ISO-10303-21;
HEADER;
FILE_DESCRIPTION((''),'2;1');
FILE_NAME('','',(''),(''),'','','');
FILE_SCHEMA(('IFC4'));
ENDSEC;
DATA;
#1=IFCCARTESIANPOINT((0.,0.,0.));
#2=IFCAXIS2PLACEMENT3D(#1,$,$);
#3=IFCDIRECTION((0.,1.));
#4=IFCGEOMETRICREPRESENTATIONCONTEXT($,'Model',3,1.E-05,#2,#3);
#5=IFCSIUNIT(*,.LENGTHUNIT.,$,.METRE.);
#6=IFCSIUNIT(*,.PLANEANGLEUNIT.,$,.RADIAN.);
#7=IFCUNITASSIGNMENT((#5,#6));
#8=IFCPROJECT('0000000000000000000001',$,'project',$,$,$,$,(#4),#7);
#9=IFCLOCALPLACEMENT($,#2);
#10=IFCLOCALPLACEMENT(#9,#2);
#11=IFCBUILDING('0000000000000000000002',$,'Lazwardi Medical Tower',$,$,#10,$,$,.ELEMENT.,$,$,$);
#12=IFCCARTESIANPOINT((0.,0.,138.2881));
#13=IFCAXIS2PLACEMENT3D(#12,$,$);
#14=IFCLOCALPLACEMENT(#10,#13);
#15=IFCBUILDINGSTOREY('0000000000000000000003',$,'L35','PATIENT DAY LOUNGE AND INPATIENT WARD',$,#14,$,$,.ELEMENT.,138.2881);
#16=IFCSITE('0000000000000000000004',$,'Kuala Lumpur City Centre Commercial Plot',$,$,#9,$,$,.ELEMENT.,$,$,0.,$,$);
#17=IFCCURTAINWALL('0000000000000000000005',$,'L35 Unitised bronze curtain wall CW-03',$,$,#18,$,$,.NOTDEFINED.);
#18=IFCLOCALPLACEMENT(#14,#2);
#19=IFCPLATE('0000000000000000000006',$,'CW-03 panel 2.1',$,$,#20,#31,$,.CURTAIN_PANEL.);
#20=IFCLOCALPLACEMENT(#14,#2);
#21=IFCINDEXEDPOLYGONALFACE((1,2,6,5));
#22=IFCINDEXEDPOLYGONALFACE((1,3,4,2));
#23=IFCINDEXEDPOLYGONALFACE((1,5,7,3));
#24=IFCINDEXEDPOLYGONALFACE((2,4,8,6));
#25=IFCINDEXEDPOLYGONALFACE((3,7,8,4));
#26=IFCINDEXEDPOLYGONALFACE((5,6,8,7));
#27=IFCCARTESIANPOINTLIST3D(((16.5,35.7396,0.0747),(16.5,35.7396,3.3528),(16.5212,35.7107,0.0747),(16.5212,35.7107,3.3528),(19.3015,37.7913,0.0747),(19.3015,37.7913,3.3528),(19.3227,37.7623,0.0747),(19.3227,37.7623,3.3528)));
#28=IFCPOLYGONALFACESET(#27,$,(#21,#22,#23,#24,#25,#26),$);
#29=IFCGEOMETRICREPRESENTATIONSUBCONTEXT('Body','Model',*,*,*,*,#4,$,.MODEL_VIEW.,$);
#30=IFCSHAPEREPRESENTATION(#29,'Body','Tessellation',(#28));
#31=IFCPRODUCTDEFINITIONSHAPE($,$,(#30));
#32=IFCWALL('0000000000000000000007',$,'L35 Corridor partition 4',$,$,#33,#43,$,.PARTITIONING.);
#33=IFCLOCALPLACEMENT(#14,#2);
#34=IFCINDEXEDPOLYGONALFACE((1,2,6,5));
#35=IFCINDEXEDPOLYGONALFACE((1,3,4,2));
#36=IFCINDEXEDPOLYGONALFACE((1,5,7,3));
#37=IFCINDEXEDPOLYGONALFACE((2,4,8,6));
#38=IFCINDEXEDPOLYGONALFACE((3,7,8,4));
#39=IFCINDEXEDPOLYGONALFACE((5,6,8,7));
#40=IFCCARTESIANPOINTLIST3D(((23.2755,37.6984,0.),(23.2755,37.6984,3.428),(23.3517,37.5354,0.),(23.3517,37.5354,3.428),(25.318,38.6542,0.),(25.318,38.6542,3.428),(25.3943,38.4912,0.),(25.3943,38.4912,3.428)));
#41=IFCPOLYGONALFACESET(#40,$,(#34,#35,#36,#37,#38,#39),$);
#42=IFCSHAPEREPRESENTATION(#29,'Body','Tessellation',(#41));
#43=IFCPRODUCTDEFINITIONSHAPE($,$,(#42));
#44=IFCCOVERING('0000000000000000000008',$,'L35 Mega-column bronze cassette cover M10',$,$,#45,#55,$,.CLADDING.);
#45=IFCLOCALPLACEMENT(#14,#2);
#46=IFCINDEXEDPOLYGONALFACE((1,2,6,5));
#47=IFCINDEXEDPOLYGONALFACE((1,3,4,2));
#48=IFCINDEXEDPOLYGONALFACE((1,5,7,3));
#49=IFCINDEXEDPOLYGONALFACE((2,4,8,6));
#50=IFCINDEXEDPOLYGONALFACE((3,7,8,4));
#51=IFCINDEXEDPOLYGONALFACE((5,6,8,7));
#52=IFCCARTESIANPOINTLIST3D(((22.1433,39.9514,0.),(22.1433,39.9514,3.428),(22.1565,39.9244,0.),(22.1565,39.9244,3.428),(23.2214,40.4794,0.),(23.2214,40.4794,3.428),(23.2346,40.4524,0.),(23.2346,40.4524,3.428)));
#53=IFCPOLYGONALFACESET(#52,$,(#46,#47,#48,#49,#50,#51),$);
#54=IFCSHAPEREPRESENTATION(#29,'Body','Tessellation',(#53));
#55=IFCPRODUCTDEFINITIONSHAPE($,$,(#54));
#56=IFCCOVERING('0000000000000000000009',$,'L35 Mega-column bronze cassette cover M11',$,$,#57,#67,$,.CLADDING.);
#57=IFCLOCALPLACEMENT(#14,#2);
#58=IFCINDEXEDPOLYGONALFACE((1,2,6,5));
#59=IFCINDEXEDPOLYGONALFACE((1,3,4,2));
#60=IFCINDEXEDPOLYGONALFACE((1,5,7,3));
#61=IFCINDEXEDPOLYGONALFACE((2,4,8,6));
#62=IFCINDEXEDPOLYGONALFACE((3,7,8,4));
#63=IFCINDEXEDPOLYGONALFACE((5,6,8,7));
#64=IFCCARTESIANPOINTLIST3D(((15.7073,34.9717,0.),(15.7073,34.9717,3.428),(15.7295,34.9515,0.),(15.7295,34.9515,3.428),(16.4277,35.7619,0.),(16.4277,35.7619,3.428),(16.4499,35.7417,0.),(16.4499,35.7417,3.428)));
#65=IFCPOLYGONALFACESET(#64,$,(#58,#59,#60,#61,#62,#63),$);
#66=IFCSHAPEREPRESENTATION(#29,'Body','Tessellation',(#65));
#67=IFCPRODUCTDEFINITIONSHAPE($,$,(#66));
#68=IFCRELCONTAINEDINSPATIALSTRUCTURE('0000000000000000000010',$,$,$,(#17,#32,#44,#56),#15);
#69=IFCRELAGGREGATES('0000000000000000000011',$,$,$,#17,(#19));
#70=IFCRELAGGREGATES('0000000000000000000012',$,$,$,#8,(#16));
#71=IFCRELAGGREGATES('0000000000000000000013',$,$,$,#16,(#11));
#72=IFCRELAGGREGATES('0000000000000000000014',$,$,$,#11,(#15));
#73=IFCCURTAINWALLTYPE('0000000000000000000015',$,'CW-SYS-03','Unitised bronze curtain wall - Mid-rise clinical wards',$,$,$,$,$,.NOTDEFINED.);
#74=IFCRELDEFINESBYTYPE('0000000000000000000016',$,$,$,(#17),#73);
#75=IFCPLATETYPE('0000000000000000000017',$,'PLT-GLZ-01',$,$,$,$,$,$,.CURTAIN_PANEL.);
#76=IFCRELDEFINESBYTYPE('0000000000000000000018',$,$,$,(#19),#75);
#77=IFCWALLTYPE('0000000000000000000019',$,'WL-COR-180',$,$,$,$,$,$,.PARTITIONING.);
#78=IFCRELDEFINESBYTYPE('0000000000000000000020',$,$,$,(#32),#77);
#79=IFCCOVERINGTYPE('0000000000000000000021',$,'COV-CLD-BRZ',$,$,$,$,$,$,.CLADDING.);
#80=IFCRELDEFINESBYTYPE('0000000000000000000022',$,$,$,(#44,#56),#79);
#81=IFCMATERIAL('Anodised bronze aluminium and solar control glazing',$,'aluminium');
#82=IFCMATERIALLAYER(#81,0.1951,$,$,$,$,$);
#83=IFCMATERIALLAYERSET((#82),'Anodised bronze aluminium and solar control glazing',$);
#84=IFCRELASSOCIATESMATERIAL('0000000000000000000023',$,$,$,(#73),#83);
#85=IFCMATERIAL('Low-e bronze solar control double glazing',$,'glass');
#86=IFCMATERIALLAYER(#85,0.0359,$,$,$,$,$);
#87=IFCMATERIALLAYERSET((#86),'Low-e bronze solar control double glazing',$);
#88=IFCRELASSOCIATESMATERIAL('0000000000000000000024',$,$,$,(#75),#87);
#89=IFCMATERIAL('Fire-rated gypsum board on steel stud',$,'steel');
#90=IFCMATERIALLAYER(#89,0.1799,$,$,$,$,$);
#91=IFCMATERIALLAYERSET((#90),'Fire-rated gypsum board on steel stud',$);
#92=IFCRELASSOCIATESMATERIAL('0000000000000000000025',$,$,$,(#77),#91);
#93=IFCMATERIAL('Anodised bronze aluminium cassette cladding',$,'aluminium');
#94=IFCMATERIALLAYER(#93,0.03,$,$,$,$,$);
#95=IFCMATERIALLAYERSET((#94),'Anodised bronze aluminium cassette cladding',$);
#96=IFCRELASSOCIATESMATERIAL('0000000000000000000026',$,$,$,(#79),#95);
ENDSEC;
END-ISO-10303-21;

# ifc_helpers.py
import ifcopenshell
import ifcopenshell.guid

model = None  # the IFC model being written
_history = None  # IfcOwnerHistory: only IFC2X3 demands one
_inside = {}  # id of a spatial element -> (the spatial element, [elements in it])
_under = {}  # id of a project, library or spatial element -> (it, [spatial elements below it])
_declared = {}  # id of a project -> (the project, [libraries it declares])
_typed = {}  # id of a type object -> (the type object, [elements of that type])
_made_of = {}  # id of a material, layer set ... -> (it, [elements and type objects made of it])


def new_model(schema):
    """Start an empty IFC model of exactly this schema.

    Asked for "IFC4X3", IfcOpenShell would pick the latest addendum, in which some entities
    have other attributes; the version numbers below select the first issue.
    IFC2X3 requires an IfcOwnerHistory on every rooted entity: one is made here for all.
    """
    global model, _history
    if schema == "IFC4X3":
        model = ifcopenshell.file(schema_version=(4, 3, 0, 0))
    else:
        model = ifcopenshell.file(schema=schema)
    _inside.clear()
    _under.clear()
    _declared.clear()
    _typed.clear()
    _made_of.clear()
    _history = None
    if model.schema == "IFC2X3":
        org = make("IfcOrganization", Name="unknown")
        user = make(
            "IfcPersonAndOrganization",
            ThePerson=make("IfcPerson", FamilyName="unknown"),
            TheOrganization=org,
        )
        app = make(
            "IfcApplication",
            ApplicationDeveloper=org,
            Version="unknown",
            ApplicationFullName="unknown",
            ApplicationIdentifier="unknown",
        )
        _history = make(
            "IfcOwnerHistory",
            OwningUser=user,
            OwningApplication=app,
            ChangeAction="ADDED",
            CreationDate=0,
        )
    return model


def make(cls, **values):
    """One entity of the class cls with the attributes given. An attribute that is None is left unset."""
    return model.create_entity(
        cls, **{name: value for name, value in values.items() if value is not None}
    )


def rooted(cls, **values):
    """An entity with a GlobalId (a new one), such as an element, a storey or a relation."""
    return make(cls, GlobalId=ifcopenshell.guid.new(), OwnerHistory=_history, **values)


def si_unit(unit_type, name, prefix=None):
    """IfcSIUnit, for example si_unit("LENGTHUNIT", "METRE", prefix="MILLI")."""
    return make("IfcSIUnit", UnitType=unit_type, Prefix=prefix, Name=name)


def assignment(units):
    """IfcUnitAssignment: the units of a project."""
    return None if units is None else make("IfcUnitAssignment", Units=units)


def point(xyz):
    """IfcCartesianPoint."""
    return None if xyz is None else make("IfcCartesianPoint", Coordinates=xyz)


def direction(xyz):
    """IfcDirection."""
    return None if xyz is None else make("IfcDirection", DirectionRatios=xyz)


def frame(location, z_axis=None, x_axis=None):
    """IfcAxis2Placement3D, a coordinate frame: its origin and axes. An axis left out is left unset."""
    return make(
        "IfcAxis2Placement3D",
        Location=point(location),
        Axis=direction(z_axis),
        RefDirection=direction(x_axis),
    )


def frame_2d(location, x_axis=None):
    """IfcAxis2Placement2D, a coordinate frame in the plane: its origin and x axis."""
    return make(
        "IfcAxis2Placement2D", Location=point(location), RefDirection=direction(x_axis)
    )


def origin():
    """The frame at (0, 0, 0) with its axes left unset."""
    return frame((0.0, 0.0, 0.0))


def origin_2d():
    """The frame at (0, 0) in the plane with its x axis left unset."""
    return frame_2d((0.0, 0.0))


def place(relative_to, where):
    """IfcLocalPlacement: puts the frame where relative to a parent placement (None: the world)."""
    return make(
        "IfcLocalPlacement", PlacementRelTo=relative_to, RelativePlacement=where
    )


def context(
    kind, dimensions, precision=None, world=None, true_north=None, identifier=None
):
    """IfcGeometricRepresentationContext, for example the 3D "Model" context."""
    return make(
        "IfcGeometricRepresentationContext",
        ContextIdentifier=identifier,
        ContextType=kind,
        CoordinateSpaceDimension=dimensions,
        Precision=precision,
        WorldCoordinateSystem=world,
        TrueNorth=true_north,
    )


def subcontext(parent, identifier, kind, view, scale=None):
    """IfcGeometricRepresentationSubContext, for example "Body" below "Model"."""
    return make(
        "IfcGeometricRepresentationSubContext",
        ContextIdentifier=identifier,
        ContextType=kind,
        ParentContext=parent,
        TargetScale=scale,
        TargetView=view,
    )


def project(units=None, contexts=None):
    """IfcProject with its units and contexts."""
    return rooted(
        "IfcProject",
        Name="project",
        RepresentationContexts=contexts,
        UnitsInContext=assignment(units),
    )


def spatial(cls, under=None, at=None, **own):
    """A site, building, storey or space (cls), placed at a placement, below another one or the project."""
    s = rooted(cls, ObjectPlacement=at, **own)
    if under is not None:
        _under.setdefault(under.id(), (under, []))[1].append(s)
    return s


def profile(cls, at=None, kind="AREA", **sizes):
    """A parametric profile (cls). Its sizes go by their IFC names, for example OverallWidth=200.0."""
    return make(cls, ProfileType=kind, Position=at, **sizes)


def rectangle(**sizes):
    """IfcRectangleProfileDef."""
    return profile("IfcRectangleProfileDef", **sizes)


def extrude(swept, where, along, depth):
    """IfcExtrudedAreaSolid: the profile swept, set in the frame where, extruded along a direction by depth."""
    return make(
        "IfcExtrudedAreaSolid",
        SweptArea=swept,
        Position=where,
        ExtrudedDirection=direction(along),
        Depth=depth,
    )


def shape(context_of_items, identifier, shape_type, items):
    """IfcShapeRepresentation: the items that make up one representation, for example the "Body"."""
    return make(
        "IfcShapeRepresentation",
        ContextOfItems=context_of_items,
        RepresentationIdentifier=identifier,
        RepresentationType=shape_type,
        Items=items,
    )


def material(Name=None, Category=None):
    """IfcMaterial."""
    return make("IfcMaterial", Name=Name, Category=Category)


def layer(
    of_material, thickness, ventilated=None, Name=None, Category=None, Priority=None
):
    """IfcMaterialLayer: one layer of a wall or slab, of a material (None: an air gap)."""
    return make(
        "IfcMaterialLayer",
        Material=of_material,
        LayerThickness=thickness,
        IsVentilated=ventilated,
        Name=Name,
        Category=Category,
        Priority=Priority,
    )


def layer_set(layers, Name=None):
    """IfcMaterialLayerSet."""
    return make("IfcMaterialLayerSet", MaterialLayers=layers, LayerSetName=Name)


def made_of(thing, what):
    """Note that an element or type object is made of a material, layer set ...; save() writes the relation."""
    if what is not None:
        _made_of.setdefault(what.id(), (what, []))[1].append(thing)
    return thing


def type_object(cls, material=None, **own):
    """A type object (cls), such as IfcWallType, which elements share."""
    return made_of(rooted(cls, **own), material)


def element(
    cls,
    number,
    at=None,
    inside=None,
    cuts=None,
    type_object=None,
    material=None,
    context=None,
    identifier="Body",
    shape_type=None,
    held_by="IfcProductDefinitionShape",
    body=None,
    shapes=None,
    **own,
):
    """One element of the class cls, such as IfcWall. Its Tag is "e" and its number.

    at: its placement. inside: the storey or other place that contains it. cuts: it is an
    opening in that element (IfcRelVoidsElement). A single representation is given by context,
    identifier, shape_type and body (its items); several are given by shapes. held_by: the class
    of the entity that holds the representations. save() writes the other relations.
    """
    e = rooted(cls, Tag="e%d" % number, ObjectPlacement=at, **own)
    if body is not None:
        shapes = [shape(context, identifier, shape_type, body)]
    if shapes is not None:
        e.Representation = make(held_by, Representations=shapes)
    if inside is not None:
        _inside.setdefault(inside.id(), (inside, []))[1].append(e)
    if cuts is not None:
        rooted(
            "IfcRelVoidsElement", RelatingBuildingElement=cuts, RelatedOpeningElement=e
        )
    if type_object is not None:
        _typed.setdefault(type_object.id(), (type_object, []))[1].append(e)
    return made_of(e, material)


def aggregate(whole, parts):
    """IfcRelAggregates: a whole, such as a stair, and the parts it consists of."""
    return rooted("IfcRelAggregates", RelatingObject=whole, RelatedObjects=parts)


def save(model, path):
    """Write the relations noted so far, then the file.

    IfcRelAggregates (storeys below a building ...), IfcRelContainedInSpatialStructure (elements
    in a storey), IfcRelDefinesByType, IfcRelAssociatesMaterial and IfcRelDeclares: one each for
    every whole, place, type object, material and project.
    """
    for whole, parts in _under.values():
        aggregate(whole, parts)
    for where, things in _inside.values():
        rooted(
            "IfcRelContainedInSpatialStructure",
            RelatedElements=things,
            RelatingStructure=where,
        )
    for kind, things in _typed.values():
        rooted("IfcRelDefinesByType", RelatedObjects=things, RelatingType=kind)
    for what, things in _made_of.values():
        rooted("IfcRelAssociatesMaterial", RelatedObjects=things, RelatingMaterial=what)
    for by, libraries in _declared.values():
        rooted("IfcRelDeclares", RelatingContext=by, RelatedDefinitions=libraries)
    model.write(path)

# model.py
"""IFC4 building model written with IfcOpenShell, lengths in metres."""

from ifc_helpers import new_model, si_unit, direction, frame, frame_2d, origin, origin_2d, place, context, subcontext, project, spatial, rectangle, extrude, material, layer, layer_set, type_object, element, aggregate, save


model = new_model("IFC4")

# Units and contexts
model_context = context("Model", 3, precision=1e-05, world=origin(), true_north=direction((0.0, 1.0)))
body_context = subcontext(model_context, "Body", "Model", "MODEL_VIEW")
ifc_project = project(units=[si_unit("LENGTHUNIT", "METRE"), si_unit("PLANEANGLEUNIT", "RADIAN")], contexts=[model_context])

# Site, building, storey
site_placement = place(None, origin())
site = spatial("IfcSite", under=ifc_project, at=site_placement, Name="Kuala Lumpur City Centre Commercial Plot", CompositionType="ELEMENT", RefElevation=0.0)
building_placement = place(site_placement, origin())
building = spatial("IfcBuilding", under=site, at=building_placement, Name="Lazwardi Medical Tower", CompositionType="ELEMENT")
storey_placement = place(building_placement, frame((0.0, 0.0, 138.2881)))
storey = spatial("IfcBuildingStorey", under=building, at=storey_placement, Name="L35", Description="PATIENT DAY LOUNGE AND INPATIENT WARD", CompositionType="ELEMENT", Elevation=138.2881)

# Shared definitions
ifc_material_1 = material(Name="Anodised bronze aluminium and solar control glazing", Category="aluminium")
ifc_layer_1 = layer(ifc_material_1, 0.1951)
ifc_layer_set_1 = layer_set([ifc_layer_1], Name="Anodised bronze aluminium and solar control glazing")
curtain_wall_type = type_object("IfcCurtainWallType", Name="CW-SYS-03", Description="Unitised bronze curtain wall - Mid-rise clinical wards", PredefinedType="NOTDEFINED", material=ifc_layer_set_1)

# Curtain wall
curtain_wall_1_placement = place(storey_placement, origin())
curtain_wall_1 = element("IfcCurtainWall", 1, at=curtain_wall_1_placement, inside=storey, type_object=curtain_wall_type, Name="L35 Unitised bronze curtain wall CW-03", PredefinedType="NOTDEFINED")

# Plate
ifc_material_2 = material(Name="Low-e bronze solar control double glazing", Category="glass")
ifc_layer_2 = layer(ifc_material_2, 0.0359)
ifc_layer_set_2 = layer_set([ifc_layer_2], Name="Low-e bronze solar control double glazing")
plate_type = type_object("IfcPlateType", Name="PLT-GLZ-01", PredefinedType="CURTAIN_PANEL", material=ifc_layer_set_2)
plate_1_placement = place(storey_placement, frame((17.9114, 36.751, 0.0747), z_axis=(0.0, 0.0, 1.0), x_axis=(-0.806793, -0.590834, 0.0)))
plate_1 = element("IfcPlate", 2, at=plate_1_placement, type_object=plate_type, Name="CW-03 panel 2.1", PredefinedType="CURTAIN_PANEL", context=body_context, shape_type="SweptSolid", body=[
    extrude(rectangle(XDim=3.4724, YDim=0.0359, at=origin_2d()), origin(), (0.0, 0.0, 1.0), 3.2781),
])
aggregate(curtain_wall_1, [plate_1])

# Wall
ifc_material_3 = material(Name="Fire-rated gypsum board on steel stud", Category="steel")
ifc_layer_3 = layer(ifc_material_3, 0.1799)
ifc_layer_set_3 = layer_set([ifc_layer_3], Name="Fire-rated gypsum board on steel stud")
wall_type = type_object("IfcWallType", Name="WL-COR-180", PredefinedType="PARTITIONING", material=ifc_layer_set_3)
wall_placement = place(storey_placement, frame((23.3137, 37.6169, 0.0), z_axis=(0.0, 0.0, 1.0), x_axis=(0.905732, 0.423851, 0.0)))
element("IfcWall", 3, at=wall_placement, inside=storey, type_object=wall_type, Name="L35 Corridor partition 4", PredefinedType="PARTITIONING", context=body_context, shape_type="SweptSolid", body=[
    extrude(rectangle(XDim=2.2551, YDim=0.1799, at=frame_2d((1.1274, 0.0))), origin(), (0.0, 0.0, 1.0), 3.428),
])

# Coverings
ifc_material_4 = material(Name="Anodised bronze aluminium cassette cladding", Category="aluminium")
ifc_layer_4 = layer(ifc_material_4, 0.03)
ifc_layer_set_4 = layer_set([ifc_layer_4], Name="Anodised bronze aluminium cassette cladding")
covering_type = type_object("IfcCoveringType", Name="COV-CLD-BRZ", PredefinedType="CLADDING", material=ifc_layer_set_4)
covering_1_placement = place(storey_placement, frame((22.689, 40.2019, 0.0), z_axis=(0.0, 0.0, 1.0), x_axis=(-0.898079, -0.439834, 0.0)))
element("IfcCovering", 4, at=covering_1_placement, inside=storey, type_object=covering_type, Name="L35 Mega-column bronze cassette cover M10", PredefinedType="CLADDING", context=body_context, shape_type="SweptSolid", body=[
    extrude(rectangle(XDim=1.2004, YDim=0.03, at=origin_2d()), origin(), (0.0, 0.0, 1.0), 3.428),
])
covering_2_placement = place(storey_placement, frame((16.0786, 35.3567, 0.0), z_axis=(0.0, 0.0, 1.0), x_axis=(-0.673714, -0.738992, 0.0)))
element("IfcCovering", 5, at=covering_2_placement, inside=storey, type_object=covering_type, Name="L35 Mega-column bronze cassette cover M11", PredefinedType="CLADDING", context=body_context, shape_type="SweptSolid", body=[
    extrude(rectangle(XDim=1.0693, YDim=0.03, at=origin_2d()), origin(), (0.0, 0.0, 1.0), 3.428),
])

save(model, "model.ifc")
